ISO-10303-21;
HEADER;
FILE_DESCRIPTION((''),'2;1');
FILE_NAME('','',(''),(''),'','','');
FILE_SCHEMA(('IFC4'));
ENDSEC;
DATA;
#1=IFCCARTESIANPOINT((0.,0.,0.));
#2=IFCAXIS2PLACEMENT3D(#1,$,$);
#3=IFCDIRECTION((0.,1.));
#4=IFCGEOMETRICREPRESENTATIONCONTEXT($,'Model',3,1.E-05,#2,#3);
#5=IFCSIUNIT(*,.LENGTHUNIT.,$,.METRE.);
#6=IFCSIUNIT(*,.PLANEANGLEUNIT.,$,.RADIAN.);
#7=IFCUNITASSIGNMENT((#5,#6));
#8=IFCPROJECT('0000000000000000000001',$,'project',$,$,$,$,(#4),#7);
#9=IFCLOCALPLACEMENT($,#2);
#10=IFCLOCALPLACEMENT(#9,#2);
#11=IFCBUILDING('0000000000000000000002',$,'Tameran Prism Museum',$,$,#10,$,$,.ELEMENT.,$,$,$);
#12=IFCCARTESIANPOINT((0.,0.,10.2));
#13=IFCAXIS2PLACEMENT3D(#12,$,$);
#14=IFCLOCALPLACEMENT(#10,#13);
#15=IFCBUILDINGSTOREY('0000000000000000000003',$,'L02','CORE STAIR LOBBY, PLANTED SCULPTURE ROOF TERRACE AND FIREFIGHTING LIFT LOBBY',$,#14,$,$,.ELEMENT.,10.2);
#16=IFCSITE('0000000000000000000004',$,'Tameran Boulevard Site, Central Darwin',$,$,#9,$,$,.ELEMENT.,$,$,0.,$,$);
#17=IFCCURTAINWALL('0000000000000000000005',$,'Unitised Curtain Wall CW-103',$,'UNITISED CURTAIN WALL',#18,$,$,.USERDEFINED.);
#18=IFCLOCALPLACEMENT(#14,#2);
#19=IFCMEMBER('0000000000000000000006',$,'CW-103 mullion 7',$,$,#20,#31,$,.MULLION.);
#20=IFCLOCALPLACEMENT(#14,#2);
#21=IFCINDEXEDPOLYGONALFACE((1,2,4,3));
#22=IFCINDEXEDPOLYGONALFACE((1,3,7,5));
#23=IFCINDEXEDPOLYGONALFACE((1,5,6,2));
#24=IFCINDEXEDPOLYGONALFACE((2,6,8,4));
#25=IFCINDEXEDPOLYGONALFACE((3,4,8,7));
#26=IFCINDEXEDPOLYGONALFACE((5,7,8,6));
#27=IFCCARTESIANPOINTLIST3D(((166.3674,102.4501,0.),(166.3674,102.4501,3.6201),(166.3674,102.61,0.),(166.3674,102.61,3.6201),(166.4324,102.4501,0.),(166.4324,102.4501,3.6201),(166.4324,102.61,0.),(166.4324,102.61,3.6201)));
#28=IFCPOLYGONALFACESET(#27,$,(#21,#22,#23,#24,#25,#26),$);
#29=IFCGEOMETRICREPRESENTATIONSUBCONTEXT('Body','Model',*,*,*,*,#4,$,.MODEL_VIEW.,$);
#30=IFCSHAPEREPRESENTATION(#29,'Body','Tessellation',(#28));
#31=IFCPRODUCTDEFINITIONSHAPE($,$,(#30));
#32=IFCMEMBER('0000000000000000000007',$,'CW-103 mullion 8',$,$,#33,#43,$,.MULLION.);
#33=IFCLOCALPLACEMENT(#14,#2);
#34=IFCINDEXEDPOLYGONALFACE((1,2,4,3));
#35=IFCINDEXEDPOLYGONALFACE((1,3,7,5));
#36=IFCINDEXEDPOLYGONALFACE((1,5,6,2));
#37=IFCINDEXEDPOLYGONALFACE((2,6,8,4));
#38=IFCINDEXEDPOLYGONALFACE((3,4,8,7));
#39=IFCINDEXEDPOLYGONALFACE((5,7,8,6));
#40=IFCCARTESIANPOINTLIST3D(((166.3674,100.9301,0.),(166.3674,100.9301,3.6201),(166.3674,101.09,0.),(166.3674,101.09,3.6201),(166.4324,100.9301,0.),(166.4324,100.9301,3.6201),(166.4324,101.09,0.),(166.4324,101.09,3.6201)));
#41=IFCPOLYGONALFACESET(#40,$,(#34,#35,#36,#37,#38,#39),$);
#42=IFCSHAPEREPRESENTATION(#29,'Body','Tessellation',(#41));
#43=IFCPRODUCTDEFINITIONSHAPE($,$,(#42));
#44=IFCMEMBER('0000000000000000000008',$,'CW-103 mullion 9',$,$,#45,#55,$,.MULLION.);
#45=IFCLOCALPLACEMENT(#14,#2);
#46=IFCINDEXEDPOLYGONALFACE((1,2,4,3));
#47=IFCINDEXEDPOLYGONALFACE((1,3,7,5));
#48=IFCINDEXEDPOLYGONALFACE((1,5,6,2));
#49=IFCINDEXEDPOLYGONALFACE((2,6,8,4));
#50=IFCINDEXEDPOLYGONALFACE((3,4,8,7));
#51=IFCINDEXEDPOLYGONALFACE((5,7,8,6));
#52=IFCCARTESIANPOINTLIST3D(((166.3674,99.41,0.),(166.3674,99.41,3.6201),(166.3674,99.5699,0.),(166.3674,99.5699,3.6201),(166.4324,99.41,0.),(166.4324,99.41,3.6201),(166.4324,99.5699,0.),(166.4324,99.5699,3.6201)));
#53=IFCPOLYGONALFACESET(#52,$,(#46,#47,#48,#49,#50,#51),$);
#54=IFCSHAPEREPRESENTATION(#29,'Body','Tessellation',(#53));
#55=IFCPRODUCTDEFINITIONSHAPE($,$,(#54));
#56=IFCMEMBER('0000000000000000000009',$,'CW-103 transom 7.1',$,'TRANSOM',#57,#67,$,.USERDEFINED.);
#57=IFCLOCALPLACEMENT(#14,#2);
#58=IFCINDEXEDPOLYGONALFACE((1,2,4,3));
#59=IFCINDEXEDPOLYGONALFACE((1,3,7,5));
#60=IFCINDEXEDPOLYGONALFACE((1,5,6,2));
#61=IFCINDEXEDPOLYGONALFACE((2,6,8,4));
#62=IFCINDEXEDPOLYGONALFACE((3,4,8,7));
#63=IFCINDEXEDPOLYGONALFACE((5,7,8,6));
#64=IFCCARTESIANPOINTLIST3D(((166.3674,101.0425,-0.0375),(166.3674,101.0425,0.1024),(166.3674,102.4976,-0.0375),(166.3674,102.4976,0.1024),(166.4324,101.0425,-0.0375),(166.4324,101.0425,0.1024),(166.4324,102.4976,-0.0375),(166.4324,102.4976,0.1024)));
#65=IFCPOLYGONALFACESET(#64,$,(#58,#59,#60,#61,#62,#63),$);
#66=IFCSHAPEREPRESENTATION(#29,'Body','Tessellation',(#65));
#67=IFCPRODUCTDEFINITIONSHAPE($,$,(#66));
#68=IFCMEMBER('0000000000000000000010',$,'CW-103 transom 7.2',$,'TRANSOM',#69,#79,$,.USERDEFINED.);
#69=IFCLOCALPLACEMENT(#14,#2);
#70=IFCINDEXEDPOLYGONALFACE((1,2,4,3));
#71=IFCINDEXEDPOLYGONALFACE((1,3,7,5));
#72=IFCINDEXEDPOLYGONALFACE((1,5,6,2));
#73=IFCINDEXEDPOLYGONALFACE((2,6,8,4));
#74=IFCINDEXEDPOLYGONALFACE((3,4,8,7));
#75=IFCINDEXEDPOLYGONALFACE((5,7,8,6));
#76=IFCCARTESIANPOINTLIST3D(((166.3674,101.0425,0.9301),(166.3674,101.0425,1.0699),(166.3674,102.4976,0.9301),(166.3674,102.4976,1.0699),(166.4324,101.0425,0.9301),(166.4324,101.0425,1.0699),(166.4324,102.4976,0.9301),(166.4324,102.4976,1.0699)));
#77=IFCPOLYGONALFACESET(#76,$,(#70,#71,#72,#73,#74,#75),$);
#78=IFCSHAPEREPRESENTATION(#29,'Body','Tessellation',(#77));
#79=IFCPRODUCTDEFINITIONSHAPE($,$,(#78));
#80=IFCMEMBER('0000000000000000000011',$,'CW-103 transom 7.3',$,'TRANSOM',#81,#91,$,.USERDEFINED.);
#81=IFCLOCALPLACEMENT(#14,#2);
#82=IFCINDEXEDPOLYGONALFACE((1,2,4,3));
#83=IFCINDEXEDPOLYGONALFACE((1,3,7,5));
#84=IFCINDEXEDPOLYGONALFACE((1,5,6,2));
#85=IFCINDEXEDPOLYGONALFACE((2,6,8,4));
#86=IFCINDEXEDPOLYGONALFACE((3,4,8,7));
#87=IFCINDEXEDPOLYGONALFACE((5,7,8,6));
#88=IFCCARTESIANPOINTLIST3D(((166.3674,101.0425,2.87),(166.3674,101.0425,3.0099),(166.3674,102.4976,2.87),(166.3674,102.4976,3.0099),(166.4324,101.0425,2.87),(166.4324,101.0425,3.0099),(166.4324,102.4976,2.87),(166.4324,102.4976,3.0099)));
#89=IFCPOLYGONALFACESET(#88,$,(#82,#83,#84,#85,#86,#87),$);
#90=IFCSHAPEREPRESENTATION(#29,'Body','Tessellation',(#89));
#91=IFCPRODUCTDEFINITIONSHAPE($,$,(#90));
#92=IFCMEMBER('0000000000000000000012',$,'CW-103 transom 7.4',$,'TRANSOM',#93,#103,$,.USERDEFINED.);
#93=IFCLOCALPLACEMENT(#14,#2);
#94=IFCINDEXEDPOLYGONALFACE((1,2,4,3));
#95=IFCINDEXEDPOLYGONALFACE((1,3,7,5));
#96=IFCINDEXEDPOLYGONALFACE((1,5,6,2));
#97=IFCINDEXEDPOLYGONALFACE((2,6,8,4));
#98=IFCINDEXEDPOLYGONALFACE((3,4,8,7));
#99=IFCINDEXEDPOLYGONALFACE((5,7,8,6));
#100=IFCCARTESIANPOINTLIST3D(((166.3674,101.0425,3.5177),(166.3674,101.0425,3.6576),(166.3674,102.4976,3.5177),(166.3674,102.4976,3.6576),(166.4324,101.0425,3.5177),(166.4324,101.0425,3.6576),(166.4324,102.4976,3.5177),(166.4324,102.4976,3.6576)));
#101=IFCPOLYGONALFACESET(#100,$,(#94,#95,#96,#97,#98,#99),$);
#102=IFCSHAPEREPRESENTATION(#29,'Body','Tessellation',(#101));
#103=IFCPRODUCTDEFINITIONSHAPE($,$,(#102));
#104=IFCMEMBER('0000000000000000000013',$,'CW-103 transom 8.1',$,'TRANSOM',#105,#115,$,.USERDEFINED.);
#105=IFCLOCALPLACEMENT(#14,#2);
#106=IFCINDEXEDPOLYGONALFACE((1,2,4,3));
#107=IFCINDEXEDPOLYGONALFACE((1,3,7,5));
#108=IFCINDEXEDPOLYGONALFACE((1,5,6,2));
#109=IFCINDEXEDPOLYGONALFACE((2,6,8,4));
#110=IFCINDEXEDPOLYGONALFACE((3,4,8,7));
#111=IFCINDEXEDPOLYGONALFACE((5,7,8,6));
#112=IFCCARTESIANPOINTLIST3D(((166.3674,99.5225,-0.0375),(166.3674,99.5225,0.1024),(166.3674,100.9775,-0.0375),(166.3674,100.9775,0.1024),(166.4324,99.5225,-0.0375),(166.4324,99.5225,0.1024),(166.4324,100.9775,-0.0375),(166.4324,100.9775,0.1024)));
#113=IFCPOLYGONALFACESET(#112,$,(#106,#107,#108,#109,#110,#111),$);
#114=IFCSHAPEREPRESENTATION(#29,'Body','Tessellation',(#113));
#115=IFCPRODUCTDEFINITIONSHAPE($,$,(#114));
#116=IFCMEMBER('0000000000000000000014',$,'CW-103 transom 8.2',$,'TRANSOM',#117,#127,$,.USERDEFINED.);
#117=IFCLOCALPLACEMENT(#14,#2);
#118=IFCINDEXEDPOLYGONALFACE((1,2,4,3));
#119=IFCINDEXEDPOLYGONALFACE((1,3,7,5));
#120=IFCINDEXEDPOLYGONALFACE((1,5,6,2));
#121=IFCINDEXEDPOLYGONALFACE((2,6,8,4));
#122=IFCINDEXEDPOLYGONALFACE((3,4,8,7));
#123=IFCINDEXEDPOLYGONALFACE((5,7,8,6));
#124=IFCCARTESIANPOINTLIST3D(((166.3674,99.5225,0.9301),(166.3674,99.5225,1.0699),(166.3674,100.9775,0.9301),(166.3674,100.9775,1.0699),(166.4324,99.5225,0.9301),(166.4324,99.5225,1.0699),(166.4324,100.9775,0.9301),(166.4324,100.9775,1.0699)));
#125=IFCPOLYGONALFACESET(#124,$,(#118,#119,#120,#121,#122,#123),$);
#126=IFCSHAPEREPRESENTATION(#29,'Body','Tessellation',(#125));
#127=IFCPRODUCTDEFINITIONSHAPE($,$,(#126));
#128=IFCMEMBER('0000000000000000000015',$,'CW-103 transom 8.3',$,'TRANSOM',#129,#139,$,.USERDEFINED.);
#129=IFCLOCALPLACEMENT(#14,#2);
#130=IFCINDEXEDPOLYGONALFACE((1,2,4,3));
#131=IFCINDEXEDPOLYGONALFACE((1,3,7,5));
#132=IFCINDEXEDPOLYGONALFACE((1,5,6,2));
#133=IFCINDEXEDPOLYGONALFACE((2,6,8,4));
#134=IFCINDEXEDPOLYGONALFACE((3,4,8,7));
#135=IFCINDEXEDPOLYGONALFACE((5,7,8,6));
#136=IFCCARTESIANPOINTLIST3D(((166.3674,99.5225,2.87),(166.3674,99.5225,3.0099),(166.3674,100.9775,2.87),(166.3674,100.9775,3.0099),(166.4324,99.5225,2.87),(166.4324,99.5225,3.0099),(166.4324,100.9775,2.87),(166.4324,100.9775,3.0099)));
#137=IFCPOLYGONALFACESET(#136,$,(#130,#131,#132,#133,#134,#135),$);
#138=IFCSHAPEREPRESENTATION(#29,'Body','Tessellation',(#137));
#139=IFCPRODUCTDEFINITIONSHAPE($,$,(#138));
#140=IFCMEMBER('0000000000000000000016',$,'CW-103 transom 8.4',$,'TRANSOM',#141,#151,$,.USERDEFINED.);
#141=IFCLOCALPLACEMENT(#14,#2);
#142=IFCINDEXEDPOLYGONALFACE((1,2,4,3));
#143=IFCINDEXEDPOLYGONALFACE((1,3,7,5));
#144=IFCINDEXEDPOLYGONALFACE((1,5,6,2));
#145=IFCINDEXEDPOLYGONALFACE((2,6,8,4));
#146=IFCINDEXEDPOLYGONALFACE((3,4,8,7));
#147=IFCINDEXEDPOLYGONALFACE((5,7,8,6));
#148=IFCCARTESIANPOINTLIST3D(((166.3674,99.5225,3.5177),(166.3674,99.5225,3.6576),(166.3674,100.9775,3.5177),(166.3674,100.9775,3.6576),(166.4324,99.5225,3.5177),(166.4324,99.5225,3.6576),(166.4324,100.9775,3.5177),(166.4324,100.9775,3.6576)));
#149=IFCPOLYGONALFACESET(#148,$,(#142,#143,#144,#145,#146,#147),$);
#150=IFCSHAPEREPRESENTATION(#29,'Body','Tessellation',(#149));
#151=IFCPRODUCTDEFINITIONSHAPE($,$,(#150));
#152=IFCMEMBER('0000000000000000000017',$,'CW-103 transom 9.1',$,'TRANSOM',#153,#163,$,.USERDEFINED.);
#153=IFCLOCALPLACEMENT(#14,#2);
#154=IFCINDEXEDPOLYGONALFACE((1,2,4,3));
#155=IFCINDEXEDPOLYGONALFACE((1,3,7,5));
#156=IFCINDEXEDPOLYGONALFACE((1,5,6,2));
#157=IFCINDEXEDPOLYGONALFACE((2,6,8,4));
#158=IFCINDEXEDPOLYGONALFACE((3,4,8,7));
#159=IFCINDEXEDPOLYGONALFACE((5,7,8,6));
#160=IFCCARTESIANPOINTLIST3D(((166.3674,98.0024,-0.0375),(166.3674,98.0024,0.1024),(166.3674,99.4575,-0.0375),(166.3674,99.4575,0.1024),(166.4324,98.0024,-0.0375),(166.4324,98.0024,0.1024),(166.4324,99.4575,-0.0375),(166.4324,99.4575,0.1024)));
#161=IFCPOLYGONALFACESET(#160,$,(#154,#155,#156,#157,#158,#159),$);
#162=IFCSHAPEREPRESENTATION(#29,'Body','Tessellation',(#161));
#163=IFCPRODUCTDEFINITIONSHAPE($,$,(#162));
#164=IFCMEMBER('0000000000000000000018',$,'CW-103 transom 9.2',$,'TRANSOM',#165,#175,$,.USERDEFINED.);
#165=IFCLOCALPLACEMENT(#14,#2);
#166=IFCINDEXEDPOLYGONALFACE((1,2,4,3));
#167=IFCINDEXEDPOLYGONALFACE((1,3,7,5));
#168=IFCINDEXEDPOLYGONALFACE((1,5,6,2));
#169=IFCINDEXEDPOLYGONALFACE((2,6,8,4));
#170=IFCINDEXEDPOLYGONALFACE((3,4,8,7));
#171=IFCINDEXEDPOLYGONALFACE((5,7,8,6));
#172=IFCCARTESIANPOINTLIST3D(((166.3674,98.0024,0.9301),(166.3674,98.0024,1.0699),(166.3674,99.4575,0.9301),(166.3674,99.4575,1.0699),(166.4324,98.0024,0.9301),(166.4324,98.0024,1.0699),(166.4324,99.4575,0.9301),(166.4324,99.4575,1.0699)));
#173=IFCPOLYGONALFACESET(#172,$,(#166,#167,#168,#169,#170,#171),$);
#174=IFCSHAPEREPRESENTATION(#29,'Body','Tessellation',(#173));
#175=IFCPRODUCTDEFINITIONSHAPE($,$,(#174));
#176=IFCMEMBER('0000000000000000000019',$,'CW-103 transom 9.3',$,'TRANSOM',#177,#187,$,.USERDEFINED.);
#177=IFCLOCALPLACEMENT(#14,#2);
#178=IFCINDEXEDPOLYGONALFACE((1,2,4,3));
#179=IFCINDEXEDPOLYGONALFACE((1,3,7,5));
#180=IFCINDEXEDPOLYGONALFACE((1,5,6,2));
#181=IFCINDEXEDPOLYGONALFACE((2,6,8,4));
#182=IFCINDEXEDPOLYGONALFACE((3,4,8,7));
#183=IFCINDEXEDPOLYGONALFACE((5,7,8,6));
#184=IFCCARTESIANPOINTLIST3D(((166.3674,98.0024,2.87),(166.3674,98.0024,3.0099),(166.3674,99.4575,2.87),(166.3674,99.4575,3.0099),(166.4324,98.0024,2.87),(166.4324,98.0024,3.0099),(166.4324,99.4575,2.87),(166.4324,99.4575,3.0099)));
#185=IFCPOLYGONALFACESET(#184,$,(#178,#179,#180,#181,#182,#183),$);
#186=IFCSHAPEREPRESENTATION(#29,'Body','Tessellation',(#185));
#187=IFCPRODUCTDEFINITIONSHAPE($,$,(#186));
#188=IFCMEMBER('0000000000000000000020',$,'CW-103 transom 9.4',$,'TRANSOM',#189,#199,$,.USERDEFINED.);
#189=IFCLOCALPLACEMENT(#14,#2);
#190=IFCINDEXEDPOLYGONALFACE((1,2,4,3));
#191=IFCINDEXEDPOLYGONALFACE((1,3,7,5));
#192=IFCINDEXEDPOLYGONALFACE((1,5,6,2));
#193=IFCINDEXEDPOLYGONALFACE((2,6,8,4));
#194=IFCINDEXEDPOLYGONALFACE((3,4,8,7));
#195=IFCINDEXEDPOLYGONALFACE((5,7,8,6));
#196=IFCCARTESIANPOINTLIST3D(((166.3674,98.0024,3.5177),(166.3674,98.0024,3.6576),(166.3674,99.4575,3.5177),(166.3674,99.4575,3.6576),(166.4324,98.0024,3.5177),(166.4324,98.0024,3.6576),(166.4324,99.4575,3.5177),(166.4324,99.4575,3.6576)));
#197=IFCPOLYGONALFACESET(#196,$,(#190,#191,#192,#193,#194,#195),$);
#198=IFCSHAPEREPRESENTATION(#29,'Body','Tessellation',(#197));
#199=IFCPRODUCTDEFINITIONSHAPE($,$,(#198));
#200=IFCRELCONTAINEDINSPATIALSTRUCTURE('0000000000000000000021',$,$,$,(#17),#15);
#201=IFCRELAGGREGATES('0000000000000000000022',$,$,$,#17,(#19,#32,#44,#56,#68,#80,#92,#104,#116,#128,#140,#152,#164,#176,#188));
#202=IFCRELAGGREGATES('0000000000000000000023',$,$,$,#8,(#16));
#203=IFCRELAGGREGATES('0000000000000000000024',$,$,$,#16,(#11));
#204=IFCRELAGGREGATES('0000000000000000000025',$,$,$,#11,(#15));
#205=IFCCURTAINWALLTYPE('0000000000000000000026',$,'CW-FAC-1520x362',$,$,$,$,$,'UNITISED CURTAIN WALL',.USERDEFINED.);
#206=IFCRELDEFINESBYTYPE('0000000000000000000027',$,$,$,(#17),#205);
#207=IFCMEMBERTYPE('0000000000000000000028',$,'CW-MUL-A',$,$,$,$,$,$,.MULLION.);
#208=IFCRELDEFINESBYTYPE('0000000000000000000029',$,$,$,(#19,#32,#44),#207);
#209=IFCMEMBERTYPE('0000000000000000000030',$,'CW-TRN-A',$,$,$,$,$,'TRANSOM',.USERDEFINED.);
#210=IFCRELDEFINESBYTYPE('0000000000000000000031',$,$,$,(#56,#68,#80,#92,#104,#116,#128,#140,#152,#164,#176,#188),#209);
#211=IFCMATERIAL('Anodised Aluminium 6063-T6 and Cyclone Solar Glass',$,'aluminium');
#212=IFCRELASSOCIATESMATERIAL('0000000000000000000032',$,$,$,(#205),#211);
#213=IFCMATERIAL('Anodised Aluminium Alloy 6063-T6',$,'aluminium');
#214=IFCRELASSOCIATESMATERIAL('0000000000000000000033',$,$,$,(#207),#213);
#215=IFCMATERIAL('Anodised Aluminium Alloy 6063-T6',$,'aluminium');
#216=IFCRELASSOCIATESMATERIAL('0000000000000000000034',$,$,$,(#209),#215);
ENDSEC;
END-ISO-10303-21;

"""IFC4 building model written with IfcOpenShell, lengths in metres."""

from ifc_helpers import new_model, si_unit, direction, frame, origin, origin_2d, place, context, subcontext, project, spatial, rectangle, extrude, material, material_profile, profile_set, type_object, element, aggregate, save


model = new_model("IFC4")

# Units and contexts
model_context = context("Model", 3, precision=1e-05, world=origin(), true_north=direction((0.0, 1.0)))
body_context = subcontext(model_context, "Body", "Model", "MODEL_VIEW")
ifc_project = project(units=[si_unit("LENGTHUNIT", "METRE"), si_unit("PLANEANGLEUNIT", "RADIAN")], contexts=[model_context])

# Site, building, storey
site_placement = place(None, origin())
site = spatial("IfcSite", under=ifc_project, at=site_placement, Name="Tameran Boulevard Site, Central Darwin", CompositionType="ELEMENT", RefElevation=0.0)
building_placement = place(site_placement, origin())
building = spatial("IfcBuilding", under=site, at=building_placement, Name="Tameran Prism Museum", CompositionType="ELEMENT")
storey_placement = place(building_placement, frame((0.0, 0.0, 10.2)))
storey = spatial("IfcBuildingStorey", under=building, at=storey_placement, Name="L02", Description="CORE STAIR LOBBY, PLANTED SCULPTURE ROOF TERRACE AND FIREFIGHTING LIFT LOBBY", CompositionType="ELEMENT", Elevation=10.2)

# Curtain wall, members
ifc_material_1 = material(Name="Anodised Aluminium 6063-T6 and Cyclone Solar Glass", Category="aluminium")
curtain_wall_type = type_object("IfcCurtainWallType", Name="CW-FAC-1520x362", ElementType="UNITISED CURTAIN WALL", PredefinedType="USERDEFINED", material=ifc_material_1)
curtain_wall_placement = place(storey_placement, origin())
curtain_wall = element("IfcCurtainWall", 1, at=curtain_wall_placement, inside=storey, type_object=curtain_wall_type, Name="Unitised Curtain Wall CW-103", ObjectType="UNITISED CURTAIN WALL", PredefinedType="USERDEFINED")
ifc_material_2 = material(Name="Anodised Aluminium Alloy 6063-T6", Category="aluminium")
ifc_material_profile_1 = material_profile(ifc_material_2, rectangle(XDim=0.0649, YDim=0.1599, at=origin_2d()))
ifc_profile_set_1 = profile_set([ifc_material_profile_1])
member_type_1 = type_object("IfcMemberType", Name="CW-MUL-A", PredefinedType="MULLION", material=ifc_profile_set_1)
member_1_placement = place(storey_placement, frame((166.3999, 102.53, 0.0), z_axis=(0.0, 0.0, 1.0), x_axis=(1.0, 0.0, 0.0)))
member_1 = element("IfcMember", 2, at=member_1_placement, type_object=member_type_1, Name="CW-103 mullion 7", PredefinedType="MULLION", context=body_context, shape_type="SweptSolid", body=[
    extrude(rectangle(XDim=0.0649, YDim=0.1599, at=origin_2d()), origin(), (0.0, 0.0, 1.0), 3.6201),
])
member_2_placement = place(storey_placement, frame((166.3999, 101.01, 0.0), z_axis=(0.0, 0.0, 1.0), x_axis=(1.0, 0.0, 0.0)))
member_2 = element("IfcMember", 3, at=member_2_placement, type_object=member_type_1, Name="CW-103 mullion 8", PredefinedType="MULLION", context=body_context, shape_type="SweptSolid", body=[
    extrude(rectangle(XDim=0.0649, YDim=0.1599, at=origin_2d()), origin(), (0.0, 0.0, 1.0), 3.6201),
])
member_3_placement = place(storey_placement, frame((166.3999, 99.49, 0.0), z_axis=(0.0, 0.0, 1.0), x_axis=(1.0, 0.0, 0.0)))
member_3 = element("IfcMember", 4, at=member_3_placement, type_object=member_type_1, Name="CW-103 mullion 9", PredefinedType="MULLION", context=body_context, shape_type="SweptSolid", body=[
    extrude(rectangle(XDim=0.0649, YDim=0.1599, at=origin_2d()), origin(), (0.0, 0.0, 1.0), 3.6201),
])
ifc_material_3 = material(Name="Anodised Aluminium Alloy 6063-T6", Category="aluminium")
ifc_material_profile_2 = material_profile(ifc_material_3, rectangle(XDim=0.0649, YDim=0.1399, at=origin_2d()))
ifc_profile_set_2 = profile_set([ifc_material_profile_2])
member_type_2 = type_object("IfcMemberType", Name="CW-TRN-A", ElementType="TRANSOM", PredefinedType="USERDEFINED", material=ifc_profile_set_2)
member_4_placement = place(storey_placement, frame((166.3999, 102.4976, 0.0325), z_axis=(0.0, -1.0, 0.0), x_axis=(1.0, 0.0, 0.0)))
member_4 = element("IfcMember", 5, at=member_4_placement, type_object=member_type_2, Name="CW-103 transom 7.1", ObjectType="TRANSOM", PredefinedType="USERDEFINED", context=body_context, shape_type="SweptSolid", body=[
    extrude(rectangle(XDim=0.0649, YDim=0.1399, at=origin_2d()), origin(), (0.0, 0.0, 1.0), 1.4551),
])
member_5_placement = place(storey_placement, frame((166.3999, 102.4976, 1.0), z_axis=(0.0, -1.0, 0.0), x_axis=(1.0, 0.0, 0.0)))
member_5 = element("IfcMember", 6, at=member_5_placement, type_object=member_type_2, Name="CW-103 transom 7.2", ObjectType="TRANSOM", PredefinedType="USERDEFINED", context=body_context, shape_type="SweptSolid", body=[
    extrude(rectangle(XDim=0.0649, YDim=0.1399, at=origin_2d()), origin(), (0.0, 0.0, 1.0), 1.4551),
])
member_6_placement = place(storey_placement, frame((166.3999, 102.4976, 2.9399), z_axis=(0.0, -1.0, 0.0), x_axis=(1.0, 0.0, 0.0)))
member_6 = element("IfcMember", 7, at=member_6_placement, type_object=member_type_2, Name="CW-103 transom 7.3", ObjectType="TRANSOM", PredefinedType="USERDEFINED", context=body_context, shape_type="SweptSolid", body=[
    extrude(rectangle(XDim=0.0649, YDim=0.1399, at=origin_2d()), origin(), (0.0, 0.0, 1.0), 1.4551),
])
member_7_placement = place(storey_placement, frame((166.3999, 102.4976, 3.5876), z_axis=(0.0, -1.0, 0.0), x_axis=(1.0, 0.0, 0.0)))
member_7 = element("IfcMember", 8, at=member_7_placement, type_object=member_type_2, Name="CW-103 transom 7.4", ObjectType="TRANSOM", PredefinedType="USERDEFINED", context=body_context, shape_type="SweptSolid", body=[
    extrude(rectangle(XDim=0.0649, YDim=0.1399, at=origin_2d()), origin(), (0.0, 0.0, 1.0), 1.4551),
])
member_8_placement = place(storey_placement, frame((166.3999, 100.9775, 0.0325), z_axis=(0.0, -1.0, 0.0), x_axis=(1.0, 0.0, 0.0)))
member_8 = element("IfcMember", 9, at=member_8_placement, type_object=member_type_2, Name="CW-103 transom 8.1", ObjectType="TRANSOM", PredefinedType="USERDEFINED", context=body_context, shape_type="SweptSolid", body=[
    extrude(rectangle(XDim=0.0649, YDim=0.1399, at=origin_2d()), origin(), (0.0, 0.0, 1.0), 1.4551),
])
member_9_placement = place(storey_placement, frame((166.3999, 100.9775, 1.0), z_axis=(0.0, -1.0, 0.0), x_axis=(1.0, 0.0, 0.0)))
member_9 = element("IfcMember", 10, at=member_9_placement, type_object=member_type_2, Name="CW-103 transom 8.2", ObjectType="TRANSOM", PredefinedType="USERDEFINED", context=body_context, shape_type="SweptSolid", body=[
    extrude(rectangle(XDim=0.0649, YDim=0.1399, at=origin_2d()), origin(), (0.0, 0.0, 1.0), 1.4551),
])
member_10_placement = place(storey_placement, frame((166.3999, 100.9775, 2.9399), z_axis=(0.0, -1.0, 0.0), x_axis=(1.0, 0.0, 0.0)))
member_10 = element("IfcMember", 11, at=member_10_placement, type_object=member_type_2, Name="CW-103 transom 8.3", ObjectType="TRANSOM", PredefinedType="USERDEFINED", context=body_context, shape_type="SweptSolid", body=[
    extrude(rectangle(XDim=0.0649, YDim=0.1399, at=origin_2d()), origin(), (0.0, 0.0, 1.0), 1.4551),
])
member_11_placement = place(storey_placement, frame((166.3999, 100.9775, 3.5876), z_axis=(0.0, -1.0, 0.0), x_axis=(1.0, 0.0, 0.0)))
member_11 = element("IfcMember", 12, at=member_11_placement, type_object=member_type_2, Name="CW-103 transom 8.4", ObjectType="TRANSOM", PredefinedType="USERDEFINED", context=body_context, shape_type="SweptSolid", body=[
    extrude(rectangle(XDim=0.0649, YDim=0.1399, at=origin_2d()), origin(), (0.0, 0.0, 1.0), 1.4551),
])
member_12_placement = place(storey_placement, frame((166.3999, 99.4575, 0.0325), z_axis=(0.0, -1.0, 0.0), x_axis=(1.0, 0.0, 0.0)))
member_12 = element("IfcMember", 13, at=member_12_placement, type_object=member_type_2, Name="CW-103 transom 9.1", ObjectType="TRANSOM", PredefinedType="USERDEFINED", context=body_context, shape_type="SweptSolid", body=[
    extrude(rectangle(XDim=0.0649, YDim=0.1399, at=origin_2d()), origin(), (0.0, 0.0, 1.0), 1.4551),
])
member_13_placement = place(storey_placement, frame((166.3999, 99.4575, 1.0), z_axis=(0.0, -1.0, 0.0), x_axis=(1.0, 0.0, 0.0)))
member_13 = element("IfcMember", 14, at=member_13_placement, type_object=member_type_2, Name="CW-103 transom 9.2", ObjectType="TRANSOM", PredefinedType="USERDEFINED", context=body_context, shape_type="SweptSolid", body=[
    extrude(rectangle(XDim=0.0649, YDim=0.1399, at=origin_2d()), origin(), (0.0, 0.0, 1.0), 1.4551),
])
member_14_placement = place(storey_placement, frame((166.3999, 99.4575, 2.9399), z_axis=(0.0, -1.0, 0.0), x_axis=(1.0, 0.0, 0.0)))
member_14 = element("IfcMember", 15, at=member_14_placement, type_object=member_type_2, Name="CW-103 transom 9.3", ObjectType="TRANSOM", PredefinedType="USERDEFINED", context=body_context, shape_type="SweptSolid", body=[
    extrude(rectangle(XDim=0.0649, YDim=0.1399, at=origin_2d()), origin(), (0.0, 0.0, 1.0), 1.4551),
])
member_15_placement = place(storey_placement, frame((166.3999, 99.4575, 3.5876), z_axis=(0.0, -1.0, 0.0), x_axis=(1.0, 0.0, 0.0)))
member_15 = element("IfcMember", 16, at=member_15_placement, type_object=member_type_2, Name="CW-103 transom 9.4", ObjectType="TRANSOM", PredefinedType="USERDEFINED", context=body_context, shape_type="SweptSolid", body=[
    extrude(rectangle(XDim=0.0649, YDim=0.1399, at=origin_2d()), origin(), (0.0, 0.0, 1.0), 1.4551),
])
aggregate(curtain_wall, [member_1, member_2, member_3, member_4, member_5, member_6, member_7, member_8, member_9, member_10, member_11, member_12, member_13, member_14, member_15])

save(model, "model.ifc")
